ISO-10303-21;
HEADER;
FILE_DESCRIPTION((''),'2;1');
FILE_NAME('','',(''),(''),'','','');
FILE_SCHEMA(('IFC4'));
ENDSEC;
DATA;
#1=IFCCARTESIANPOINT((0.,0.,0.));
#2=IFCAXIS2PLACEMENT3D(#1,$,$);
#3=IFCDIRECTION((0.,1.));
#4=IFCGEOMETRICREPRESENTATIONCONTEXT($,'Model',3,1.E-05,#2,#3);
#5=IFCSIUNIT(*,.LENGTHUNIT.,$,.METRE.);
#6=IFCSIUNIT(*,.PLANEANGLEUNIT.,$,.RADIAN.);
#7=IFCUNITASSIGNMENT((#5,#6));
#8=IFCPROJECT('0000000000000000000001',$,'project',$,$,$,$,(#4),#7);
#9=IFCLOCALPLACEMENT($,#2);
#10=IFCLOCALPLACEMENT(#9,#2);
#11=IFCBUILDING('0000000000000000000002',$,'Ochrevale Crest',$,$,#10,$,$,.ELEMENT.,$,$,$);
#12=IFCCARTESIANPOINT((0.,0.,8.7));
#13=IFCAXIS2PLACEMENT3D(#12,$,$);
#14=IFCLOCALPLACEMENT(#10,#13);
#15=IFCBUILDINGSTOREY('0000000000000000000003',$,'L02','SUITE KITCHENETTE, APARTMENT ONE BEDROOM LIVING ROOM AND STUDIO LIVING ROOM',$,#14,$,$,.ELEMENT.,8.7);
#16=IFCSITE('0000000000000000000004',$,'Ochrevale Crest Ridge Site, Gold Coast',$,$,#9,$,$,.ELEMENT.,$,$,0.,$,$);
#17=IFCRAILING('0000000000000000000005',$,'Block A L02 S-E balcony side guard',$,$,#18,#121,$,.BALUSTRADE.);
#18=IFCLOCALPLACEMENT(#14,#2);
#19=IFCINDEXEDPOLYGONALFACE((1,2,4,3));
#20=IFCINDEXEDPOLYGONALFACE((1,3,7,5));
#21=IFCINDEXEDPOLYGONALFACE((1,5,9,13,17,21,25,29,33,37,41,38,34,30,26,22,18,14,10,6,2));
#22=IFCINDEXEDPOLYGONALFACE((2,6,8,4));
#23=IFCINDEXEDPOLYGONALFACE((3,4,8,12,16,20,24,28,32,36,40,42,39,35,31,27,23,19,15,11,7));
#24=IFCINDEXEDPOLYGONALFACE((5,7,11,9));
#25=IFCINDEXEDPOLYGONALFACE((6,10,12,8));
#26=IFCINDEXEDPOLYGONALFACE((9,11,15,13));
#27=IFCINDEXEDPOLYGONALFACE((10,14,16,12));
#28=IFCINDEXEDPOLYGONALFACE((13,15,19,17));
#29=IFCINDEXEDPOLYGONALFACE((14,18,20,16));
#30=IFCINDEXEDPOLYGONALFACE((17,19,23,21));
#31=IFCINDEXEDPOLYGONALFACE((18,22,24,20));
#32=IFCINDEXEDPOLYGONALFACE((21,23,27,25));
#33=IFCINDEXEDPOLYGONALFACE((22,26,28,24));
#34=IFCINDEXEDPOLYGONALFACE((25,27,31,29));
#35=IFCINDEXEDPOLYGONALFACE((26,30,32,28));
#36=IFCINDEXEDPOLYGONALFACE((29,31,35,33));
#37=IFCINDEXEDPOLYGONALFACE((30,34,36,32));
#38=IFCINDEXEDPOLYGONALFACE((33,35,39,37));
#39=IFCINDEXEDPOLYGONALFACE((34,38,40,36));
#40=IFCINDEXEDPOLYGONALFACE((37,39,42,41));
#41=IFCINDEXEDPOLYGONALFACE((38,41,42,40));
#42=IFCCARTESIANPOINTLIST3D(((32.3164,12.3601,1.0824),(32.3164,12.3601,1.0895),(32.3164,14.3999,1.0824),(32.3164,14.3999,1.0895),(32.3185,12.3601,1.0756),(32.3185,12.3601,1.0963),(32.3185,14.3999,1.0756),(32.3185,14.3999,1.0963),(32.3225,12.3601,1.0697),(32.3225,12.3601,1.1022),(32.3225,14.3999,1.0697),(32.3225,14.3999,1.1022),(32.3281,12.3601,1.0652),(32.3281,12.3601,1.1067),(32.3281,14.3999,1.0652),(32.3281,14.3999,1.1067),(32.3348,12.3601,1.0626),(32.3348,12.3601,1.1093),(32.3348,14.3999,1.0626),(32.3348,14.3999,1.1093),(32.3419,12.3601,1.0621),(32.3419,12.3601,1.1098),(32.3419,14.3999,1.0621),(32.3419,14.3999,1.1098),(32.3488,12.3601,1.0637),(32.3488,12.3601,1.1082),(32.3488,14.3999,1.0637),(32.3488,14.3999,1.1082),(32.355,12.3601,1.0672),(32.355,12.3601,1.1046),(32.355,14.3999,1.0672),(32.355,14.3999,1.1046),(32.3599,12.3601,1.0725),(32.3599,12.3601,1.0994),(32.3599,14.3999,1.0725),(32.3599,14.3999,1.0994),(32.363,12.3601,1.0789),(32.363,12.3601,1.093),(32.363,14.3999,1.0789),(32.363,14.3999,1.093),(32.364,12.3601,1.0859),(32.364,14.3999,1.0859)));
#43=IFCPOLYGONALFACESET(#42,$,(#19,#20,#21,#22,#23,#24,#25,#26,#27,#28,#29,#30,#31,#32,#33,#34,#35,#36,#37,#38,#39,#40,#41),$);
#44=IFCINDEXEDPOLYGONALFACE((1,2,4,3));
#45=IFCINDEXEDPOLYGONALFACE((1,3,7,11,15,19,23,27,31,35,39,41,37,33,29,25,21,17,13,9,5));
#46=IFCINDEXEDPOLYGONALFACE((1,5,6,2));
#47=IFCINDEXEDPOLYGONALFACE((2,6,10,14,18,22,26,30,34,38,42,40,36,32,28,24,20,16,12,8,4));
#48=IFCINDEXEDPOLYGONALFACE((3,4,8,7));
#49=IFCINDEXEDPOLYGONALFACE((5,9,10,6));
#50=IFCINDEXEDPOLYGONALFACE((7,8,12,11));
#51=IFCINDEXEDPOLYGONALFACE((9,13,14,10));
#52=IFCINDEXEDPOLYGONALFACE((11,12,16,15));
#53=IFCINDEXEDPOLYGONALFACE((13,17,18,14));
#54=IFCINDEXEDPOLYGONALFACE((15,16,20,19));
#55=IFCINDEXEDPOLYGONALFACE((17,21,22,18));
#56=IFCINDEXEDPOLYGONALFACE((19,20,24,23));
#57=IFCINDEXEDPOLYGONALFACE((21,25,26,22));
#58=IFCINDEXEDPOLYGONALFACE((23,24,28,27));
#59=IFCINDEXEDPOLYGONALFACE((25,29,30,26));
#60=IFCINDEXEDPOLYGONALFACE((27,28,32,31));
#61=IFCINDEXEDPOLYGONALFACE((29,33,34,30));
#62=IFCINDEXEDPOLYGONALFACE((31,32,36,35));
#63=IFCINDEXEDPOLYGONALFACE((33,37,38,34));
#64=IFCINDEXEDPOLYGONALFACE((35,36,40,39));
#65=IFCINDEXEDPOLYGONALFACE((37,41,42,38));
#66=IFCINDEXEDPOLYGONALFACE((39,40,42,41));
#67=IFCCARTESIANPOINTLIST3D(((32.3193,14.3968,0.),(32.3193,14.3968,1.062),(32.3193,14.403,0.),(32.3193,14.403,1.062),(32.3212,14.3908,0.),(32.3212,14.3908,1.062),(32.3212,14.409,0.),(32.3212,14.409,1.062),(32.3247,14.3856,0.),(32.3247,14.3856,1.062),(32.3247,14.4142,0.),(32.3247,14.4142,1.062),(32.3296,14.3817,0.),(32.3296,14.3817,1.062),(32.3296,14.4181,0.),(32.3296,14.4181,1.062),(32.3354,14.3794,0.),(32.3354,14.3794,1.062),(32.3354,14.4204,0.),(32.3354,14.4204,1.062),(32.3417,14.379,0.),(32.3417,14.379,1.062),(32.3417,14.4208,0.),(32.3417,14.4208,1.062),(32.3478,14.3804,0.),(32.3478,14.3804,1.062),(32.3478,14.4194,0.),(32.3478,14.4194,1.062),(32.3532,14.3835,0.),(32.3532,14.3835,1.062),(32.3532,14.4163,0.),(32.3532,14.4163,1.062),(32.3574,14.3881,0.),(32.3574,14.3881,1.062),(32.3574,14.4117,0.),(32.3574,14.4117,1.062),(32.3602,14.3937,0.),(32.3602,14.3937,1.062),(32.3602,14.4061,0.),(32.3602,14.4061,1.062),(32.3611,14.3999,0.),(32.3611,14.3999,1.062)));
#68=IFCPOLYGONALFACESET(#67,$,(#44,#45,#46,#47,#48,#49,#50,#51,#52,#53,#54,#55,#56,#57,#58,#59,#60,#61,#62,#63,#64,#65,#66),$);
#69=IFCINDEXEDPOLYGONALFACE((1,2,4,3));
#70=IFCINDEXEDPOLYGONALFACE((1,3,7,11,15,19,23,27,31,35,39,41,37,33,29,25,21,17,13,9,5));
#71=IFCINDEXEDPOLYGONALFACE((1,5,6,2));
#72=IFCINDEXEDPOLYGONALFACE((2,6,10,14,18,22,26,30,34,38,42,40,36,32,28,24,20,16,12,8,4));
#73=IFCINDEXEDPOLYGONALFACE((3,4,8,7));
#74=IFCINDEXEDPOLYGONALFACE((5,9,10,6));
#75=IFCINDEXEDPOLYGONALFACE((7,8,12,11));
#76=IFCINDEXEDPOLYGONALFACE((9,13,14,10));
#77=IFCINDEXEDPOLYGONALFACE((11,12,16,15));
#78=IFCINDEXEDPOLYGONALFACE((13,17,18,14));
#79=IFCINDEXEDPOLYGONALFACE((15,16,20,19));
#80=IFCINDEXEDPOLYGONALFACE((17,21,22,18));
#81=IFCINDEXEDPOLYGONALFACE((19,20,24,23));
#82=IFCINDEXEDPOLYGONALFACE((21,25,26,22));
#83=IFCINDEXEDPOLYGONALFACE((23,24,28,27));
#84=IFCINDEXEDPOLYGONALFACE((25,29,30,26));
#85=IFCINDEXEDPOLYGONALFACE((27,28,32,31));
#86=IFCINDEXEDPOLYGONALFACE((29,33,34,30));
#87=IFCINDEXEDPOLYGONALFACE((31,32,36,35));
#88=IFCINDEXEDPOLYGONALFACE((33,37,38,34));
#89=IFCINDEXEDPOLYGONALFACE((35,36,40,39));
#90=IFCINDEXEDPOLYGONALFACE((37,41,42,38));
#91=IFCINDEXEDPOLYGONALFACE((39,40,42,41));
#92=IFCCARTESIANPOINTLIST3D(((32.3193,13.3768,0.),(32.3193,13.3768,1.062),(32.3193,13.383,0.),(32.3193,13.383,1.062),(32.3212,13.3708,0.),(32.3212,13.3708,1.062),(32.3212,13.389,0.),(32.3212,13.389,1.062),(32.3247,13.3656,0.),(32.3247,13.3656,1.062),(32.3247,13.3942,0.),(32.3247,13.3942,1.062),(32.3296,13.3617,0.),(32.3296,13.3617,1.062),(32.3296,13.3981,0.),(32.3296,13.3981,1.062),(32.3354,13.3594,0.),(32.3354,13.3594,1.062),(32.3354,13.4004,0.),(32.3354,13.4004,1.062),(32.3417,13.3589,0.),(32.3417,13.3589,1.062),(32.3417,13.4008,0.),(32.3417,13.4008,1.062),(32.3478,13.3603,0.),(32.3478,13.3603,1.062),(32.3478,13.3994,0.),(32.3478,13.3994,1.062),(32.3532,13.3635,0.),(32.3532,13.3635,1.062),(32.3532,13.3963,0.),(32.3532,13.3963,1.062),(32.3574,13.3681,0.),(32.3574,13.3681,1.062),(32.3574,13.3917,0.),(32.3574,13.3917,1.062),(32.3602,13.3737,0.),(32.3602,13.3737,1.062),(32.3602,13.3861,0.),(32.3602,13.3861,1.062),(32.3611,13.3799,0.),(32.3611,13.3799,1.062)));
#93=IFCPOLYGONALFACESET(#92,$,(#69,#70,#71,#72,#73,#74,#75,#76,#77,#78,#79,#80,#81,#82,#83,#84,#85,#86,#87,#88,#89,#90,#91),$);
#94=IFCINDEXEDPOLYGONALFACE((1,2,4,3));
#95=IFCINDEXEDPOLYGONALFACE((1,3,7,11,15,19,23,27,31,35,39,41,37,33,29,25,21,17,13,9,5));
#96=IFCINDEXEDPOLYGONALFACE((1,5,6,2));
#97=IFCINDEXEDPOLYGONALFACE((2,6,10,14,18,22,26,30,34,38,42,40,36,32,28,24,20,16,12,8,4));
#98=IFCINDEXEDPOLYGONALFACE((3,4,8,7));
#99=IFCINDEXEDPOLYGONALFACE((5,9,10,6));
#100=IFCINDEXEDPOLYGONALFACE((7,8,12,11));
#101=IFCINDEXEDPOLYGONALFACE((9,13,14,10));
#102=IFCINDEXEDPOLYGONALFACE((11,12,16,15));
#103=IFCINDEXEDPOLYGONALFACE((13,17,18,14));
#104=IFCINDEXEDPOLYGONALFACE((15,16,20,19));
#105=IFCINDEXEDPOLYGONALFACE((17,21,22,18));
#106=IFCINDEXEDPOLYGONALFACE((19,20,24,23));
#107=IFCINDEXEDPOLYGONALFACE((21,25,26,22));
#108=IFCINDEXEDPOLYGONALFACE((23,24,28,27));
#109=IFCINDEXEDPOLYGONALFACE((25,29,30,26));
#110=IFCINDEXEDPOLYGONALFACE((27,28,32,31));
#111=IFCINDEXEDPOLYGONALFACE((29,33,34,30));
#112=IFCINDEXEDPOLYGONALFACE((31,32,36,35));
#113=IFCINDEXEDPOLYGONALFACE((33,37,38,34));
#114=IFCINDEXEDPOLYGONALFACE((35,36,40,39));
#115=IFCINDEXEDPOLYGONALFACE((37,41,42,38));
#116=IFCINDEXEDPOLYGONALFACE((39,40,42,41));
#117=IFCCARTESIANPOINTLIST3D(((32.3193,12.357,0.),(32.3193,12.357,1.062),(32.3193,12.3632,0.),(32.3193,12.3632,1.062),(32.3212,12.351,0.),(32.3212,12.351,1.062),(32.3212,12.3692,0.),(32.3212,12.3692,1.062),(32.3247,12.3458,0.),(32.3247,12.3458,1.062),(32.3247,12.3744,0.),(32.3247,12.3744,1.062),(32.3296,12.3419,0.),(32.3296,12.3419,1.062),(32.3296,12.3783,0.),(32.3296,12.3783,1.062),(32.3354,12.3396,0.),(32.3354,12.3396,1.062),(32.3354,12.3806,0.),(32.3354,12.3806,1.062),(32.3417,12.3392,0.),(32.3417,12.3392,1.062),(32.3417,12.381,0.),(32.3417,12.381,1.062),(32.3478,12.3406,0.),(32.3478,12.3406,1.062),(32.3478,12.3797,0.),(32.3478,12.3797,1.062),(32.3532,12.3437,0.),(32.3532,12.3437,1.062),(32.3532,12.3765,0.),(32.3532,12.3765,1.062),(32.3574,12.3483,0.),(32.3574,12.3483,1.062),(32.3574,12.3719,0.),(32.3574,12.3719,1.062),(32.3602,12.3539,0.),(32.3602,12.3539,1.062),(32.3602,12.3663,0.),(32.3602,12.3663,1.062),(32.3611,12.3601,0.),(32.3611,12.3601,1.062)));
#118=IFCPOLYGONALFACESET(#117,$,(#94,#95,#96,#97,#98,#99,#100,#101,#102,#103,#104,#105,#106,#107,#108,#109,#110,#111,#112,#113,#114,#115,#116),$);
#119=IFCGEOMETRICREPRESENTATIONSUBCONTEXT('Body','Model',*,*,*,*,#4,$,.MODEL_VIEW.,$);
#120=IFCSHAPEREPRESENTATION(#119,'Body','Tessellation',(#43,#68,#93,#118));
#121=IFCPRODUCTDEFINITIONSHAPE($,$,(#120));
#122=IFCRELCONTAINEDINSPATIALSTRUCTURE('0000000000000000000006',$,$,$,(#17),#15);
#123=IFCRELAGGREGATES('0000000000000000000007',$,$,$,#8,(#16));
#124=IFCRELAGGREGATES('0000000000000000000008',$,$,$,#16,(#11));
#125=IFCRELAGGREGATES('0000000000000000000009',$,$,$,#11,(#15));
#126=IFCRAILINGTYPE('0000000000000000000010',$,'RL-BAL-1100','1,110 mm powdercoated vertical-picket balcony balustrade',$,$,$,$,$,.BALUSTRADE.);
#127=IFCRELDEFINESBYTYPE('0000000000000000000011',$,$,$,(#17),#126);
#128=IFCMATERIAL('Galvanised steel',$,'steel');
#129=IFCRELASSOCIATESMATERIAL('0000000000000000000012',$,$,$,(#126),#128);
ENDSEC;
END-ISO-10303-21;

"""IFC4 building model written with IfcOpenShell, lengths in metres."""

from ifc_helpers import new_model, si_unit, direction, frame, origin, origin_2d, place, context, subcontext, project, spatial, circle, extrude, material, type_object, element, save


model = new_model("IFC4")

# Units and contexts
model_context = context("Model", 3, precision=1e-05, world=origin(), true_north=direction((0.0, 1.0)))
body_context = subcontext(model_context, "Body", "Model", "MODEL_VIEW")
ifc_project = project(units=[si_unit("LENGTHUNIT", "METRE"), si_unit("PLANEANGLEUNIT", "RADIAN")], contexts=[model_context])

# Site, building, storey
site_placement = place(None, origin())
site = spatial("IfcSite", under=ifc_project, at=site_placement, Name="Ochrevale Crest Ridge Site, Gold Coast", CompositionType="ELEMENT", RefElevation=0.0)
building_placement = place(site_placement, origin())
building = spatial("IfcBuilding", under=site, at=building_placement, Name="Ochrevale Crest", CompositionType="ELEMENT")
storey_placement = place(building_placement, frame((0.0, 0.0, 8.7)))
storey = spatial("IfcBuildingStorey", under=building, at=storey_placement, Name="L02", Description="SUITE KITCHENETTE, APARTMENT ONE BEDROOM LIVING ROOM AND STUDIO LIVING ROOM", CompositionType="ELEMENT", Elevation=8.7)

# Railing
ifc_material_1 = material(Name="Galvanised steel", Category="steel")
railing_type = type_object("IfcRailingType", Name="RL-BAL-1100", Description="1,110 mm powdercoated vertical-picket balcony balustrade", PredefinedType="BALUSTRADE", material=ifc_material_1)
railing_placement = place(storey_placement, frame((32.3401, 14.3999, 0.0)))
element("IfcRailing", 1, at=railing_placement, inside=storey, type_object=railing_type, Name="Block A L02 S-E balcony side guard", PredefinedType="BALUSTRADE", context=body_context, shape_type="SweptSolid", body=[
    extrude(circle(Radius=0.0239, at=origin_2d()), frame((0.0, 0.0, 1.0859), z_axis=(0.0, -1.0, 0.0), x_axis=(1.0, 0.0, 0.0)), (0.0, 0.0, 1.0), 2.0398),
    extrude(circle(Radius=0.021, at=origin_2d()), origin(), (0.0, 0.0, 1.0), 1.062),
    extrude(circle(Radius=0.021, at=origin_2d()), frame((0.0, -1.02, 0.0)), (0.0, 0.0, 1.0), 1.062),
    extrude(circle(Radius=0.021, at=origin_2d()), frame((0.0, -2.0398, 0.0)), (0.0, 0.0, 1.0), 1.062),
])

save(model, "model.ifc")
